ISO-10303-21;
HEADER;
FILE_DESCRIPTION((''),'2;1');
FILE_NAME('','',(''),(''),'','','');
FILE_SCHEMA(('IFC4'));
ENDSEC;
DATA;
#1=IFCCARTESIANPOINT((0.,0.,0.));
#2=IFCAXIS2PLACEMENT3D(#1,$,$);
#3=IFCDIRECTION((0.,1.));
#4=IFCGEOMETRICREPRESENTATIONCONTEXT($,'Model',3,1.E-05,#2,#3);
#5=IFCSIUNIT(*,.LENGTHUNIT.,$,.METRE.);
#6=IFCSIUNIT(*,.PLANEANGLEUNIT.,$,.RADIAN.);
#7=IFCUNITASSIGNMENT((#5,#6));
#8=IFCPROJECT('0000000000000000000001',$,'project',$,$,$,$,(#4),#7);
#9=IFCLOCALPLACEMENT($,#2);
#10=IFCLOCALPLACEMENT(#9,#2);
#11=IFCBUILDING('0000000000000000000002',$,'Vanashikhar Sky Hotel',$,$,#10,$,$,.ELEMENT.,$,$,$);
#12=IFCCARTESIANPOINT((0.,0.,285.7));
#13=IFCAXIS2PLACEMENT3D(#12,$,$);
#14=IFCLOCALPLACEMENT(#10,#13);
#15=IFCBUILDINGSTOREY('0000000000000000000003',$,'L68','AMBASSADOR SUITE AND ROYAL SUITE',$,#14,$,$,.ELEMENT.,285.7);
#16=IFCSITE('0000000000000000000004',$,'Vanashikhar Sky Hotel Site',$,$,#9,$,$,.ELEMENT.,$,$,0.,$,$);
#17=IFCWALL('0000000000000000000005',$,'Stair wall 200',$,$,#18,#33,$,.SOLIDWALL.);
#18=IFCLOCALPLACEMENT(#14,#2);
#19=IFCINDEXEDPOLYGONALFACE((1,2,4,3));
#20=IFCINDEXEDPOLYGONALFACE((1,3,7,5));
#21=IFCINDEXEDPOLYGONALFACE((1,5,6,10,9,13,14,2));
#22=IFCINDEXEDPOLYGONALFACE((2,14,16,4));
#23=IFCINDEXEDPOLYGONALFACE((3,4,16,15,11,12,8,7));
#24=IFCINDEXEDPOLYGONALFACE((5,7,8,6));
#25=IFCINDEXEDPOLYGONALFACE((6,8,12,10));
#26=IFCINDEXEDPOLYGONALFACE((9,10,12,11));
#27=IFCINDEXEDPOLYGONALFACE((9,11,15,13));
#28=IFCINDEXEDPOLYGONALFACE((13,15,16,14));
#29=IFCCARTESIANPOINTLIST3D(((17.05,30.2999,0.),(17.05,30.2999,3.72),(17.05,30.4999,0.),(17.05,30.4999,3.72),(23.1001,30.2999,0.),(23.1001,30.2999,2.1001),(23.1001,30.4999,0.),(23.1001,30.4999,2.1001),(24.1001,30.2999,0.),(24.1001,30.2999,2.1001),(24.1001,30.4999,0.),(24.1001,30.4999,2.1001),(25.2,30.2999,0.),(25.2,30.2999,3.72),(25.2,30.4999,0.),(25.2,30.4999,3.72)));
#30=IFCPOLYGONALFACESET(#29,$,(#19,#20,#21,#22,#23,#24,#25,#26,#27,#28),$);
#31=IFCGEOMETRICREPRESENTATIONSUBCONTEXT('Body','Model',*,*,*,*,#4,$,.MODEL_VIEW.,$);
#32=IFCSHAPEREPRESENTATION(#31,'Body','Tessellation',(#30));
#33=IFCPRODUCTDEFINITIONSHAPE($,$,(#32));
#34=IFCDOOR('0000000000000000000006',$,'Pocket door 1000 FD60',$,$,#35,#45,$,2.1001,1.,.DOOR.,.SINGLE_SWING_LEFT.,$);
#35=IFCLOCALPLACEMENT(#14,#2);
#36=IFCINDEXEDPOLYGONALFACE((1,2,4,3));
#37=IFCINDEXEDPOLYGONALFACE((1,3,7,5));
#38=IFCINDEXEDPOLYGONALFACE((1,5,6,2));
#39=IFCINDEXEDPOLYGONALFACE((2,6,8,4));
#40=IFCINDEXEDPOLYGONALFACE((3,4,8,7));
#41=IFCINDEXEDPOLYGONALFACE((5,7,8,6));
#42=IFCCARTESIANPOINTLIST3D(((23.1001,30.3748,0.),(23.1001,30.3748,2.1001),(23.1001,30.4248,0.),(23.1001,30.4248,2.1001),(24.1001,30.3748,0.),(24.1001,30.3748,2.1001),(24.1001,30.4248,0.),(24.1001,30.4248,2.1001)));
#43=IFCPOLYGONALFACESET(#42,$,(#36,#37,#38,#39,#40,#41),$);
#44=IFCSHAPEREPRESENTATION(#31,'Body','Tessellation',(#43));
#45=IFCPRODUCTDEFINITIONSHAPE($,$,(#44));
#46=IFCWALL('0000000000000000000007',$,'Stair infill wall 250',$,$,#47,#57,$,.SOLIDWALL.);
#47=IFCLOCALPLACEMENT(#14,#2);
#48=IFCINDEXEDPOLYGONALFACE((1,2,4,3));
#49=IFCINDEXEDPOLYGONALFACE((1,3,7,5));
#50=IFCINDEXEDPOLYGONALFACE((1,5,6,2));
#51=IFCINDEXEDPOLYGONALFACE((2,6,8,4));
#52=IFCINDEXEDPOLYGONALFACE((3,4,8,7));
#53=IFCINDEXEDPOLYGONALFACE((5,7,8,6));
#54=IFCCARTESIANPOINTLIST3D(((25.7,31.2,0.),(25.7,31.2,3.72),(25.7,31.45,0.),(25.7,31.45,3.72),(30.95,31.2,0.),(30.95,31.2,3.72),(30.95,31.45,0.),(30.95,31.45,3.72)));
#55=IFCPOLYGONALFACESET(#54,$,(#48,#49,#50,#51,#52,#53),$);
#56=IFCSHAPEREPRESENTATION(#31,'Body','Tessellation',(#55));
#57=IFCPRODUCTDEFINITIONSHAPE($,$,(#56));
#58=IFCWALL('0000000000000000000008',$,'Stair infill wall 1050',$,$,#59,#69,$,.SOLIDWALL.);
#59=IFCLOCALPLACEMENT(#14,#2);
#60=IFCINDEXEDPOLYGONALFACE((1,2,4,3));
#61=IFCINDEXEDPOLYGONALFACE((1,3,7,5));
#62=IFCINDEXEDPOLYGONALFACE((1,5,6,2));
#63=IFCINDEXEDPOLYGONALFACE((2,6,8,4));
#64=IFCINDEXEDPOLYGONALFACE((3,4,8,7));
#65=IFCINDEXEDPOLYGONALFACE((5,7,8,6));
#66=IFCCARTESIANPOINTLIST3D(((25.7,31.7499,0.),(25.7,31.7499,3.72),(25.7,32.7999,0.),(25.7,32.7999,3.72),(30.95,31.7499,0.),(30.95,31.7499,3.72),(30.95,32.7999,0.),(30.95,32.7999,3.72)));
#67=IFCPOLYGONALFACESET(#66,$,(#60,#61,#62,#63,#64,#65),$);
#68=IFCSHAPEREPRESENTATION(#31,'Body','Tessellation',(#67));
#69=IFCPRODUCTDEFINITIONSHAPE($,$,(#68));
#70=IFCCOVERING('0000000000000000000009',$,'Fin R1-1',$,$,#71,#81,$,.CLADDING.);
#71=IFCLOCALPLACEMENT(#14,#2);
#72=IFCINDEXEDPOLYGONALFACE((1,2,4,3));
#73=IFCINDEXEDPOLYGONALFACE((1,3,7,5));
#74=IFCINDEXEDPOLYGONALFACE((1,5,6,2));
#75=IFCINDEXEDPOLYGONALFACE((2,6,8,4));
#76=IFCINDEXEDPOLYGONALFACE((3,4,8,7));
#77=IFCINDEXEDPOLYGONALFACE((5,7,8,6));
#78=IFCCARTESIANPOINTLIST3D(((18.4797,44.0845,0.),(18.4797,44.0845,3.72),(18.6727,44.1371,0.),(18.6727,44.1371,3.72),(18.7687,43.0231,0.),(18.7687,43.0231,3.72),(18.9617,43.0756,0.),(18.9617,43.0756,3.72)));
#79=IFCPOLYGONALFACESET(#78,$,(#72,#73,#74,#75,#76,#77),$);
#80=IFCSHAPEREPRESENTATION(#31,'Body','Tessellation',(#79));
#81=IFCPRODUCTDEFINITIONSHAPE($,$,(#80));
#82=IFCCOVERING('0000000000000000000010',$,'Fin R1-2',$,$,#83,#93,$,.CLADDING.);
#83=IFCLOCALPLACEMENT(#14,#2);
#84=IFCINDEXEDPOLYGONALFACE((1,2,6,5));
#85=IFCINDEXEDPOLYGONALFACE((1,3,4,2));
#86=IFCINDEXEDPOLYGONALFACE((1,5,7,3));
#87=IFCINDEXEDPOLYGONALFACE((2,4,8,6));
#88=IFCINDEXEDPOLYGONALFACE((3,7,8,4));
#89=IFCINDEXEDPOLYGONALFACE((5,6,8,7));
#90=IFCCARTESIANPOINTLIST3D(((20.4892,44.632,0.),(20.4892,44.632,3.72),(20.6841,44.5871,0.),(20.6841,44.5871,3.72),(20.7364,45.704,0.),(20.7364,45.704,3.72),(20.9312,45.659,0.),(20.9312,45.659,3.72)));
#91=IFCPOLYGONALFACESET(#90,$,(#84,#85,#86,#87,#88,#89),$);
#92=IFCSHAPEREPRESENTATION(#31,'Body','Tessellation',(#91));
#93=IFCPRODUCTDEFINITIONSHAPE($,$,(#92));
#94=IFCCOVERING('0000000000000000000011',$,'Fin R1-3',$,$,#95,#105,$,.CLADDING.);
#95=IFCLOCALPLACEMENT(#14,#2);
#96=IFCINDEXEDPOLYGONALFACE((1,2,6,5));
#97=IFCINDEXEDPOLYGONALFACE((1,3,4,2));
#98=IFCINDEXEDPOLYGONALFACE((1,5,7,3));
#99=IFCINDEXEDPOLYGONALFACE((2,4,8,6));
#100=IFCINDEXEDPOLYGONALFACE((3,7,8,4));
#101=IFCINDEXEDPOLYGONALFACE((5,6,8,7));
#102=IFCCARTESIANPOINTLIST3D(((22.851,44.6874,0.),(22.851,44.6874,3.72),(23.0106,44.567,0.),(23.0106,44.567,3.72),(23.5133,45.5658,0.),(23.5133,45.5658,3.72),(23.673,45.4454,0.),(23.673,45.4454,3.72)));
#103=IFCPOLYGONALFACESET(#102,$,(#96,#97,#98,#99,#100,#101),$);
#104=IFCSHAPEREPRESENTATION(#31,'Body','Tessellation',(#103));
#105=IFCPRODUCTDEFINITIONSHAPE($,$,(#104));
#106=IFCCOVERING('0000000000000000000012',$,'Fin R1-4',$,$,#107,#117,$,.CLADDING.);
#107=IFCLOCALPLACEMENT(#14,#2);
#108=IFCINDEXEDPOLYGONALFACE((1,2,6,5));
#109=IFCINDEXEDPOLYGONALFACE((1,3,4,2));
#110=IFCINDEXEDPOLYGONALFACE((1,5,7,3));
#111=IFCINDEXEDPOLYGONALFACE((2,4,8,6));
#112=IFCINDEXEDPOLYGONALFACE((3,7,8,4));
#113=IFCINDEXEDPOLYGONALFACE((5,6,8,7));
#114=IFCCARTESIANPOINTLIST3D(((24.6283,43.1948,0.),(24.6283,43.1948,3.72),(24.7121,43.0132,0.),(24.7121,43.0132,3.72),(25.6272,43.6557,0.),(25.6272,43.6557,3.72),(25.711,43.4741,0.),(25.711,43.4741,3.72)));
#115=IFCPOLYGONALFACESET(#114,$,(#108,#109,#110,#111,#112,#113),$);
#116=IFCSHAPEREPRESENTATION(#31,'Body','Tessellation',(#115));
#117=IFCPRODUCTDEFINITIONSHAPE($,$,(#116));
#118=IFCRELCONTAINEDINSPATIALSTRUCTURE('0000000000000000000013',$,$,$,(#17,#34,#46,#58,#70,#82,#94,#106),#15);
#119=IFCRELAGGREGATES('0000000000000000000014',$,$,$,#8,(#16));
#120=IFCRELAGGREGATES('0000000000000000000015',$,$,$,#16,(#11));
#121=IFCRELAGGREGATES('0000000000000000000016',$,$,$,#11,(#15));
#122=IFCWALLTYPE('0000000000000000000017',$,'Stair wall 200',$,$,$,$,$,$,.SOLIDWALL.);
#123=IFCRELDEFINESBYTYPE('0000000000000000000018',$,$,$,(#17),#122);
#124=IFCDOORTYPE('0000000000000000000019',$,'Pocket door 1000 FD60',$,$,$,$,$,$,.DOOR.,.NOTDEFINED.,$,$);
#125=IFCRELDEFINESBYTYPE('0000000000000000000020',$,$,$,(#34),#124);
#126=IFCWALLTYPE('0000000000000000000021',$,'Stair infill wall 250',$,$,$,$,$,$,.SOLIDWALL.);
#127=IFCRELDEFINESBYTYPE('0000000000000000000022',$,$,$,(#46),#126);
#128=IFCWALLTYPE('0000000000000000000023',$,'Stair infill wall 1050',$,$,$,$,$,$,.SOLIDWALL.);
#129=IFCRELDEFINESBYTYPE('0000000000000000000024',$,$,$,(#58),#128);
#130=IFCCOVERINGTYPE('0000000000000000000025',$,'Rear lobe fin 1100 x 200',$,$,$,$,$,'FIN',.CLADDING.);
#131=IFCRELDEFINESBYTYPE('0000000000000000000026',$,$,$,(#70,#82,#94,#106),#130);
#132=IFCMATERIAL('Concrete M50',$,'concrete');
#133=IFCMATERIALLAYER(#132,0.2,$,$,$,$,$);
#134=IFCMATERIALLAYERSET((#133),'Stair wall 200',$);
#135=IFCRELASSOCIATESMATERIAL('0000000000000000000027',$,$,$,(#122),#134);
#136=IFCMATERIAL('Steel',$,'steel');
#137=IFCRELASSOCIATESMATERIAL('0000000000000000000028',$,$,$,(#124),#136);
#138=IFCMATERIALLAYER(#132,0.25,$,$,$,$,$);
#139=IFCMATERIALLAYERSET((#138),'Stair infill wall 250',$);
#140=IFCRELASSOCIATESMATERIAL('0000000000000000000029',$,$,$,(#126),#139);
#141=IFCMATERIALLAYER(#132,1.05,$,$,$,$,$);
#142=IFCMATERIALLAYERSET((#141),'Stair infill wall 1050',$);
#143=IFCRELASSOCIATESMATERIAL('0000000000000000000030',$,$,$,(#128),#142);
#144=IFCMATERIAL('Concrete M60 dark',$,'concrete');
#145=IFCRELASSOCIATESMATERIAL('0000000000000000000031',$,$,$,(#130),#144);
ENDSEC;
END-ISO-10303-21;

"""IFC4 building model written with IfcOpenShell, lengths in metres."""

from ifc_helpers import new_model, si_unit, direction, frame, frame_2d, origin, origin_2d, place, context, subcontext, project, spatial, rectangle, extrude, source, transform, mapped, material, layer, layer_set, material_profile, profile_set, type_object, element, fill, save


model = new_model("IFC4")

# Units and contexts
model_context = context("Model", 3, precision=1e-05, world=origin(), true_north=direction((0.0, 1.0)))
body_context = subcontext(model_context, "Body", "Model", "MODEL_VIEW")
ifc_project = project(units=[si_unit("LENGTHUNIT", "METRE"), si_unit("PLANEANGLEUNIT", "RADIAN")], contexts=[model_context])

# Site, building, storey
site_placement = place(None, origin())
site = spatial("IfcSite", under=ifc_project, at=site_placement, Name="Vanashikhar Sky Hotel Site", CompositionType="ELEMENT", RefElevation=0.0)
building_placement = place(site_placement, origin())
building = spatial("IfcBuilding", under=site, at=building_placement, Name="Vanashikhar Sky Hotel", CompositionType="ELEMENT")
storey_placement = place(building_placement, frame((0.0, 0.0, 285.7)))
storey = spatial("IfcBuildingStorey", under=building, at=storey_placement, Name="L68", Description="AMBASSADOR SUITE AND ROYAL SUITE", CompositionType="ELEMENT", Elevation=285.7)

# Shared definitions
ifc_material_1 = material(Name="Concrete M50", Category="concrete")

# Wall, opening, door
ifc_layer_1 = layer(ifc_material_1, 0.2)
ifc_layer_set_1 = layer_set([ifc_layer_1], Name="Stair wall 200")
wall_type_1 = type_object("IfcWallType", Name="Stair wall 200", PredefinedType="SOLIDWALL", material=ifc_layer_set_1)
shared_shape_1 = source(origin(), body_context, "Body", "SweptSolid", [
    extrude(rectangle(XDim=8.1499, YDim=0.2, at=frame_2d((4.075, 0.0))), origin(), (0.0, 0.0, 1.0), 3.72),
])
wall_1_placement = place(storey_placement, frame((17.05, 30.3999, 0.0), z_axis=(0.0, 0.0, 1.0), x_axis=(1.0, 0.0, 0.0)))
wall_1 = element("IfcWall", 1, at=wall_1_placement, inside=storey, type_object=wall_type_1, Name="Stair wall 200", PredefinedType="SOLIDWALL", context=body_context, shape_type="MappedRepresentation", body=[
    mapped(shared_shape_1, transform((0.0, 0.0, 0.0), scale=1.0)),
])
shared_shape_2 = source(origin(), body_context, "Body", "SweptSolid", [
    extrude(rectangle(XDim=1.0, YDim=2.1001, at=frame_2d((0.5, 1.05))), frame((0.0, 0.1099, 0.0), z_axis=(0.0, -1.0, 0.0), x_axis=(1.0, 0.0, 0.0)), (0.0, 0.0, 1.0), 0.22),
])
opening_1_placement = place(wall_1_placement, frame((6.05, 0.0, 0.0)))
opening_1 = element("IfcOpeningElement", 2, at=opening_1_placement, cuts=wall_1, PredefinedType="OPENING", context=body_context, shape_type="MappedRepresentation", body=[
    mapped(shared_shape_2, transform((0.0, 0.0, 0.0), scale=1.0)),
])
ifc_material_2 = material(Name="Steel", Category="steel")
door_type_1 = type_object("IfcDoorType", Name="Pocket door 1000 FD60", OperationType="NOTDEFINED", PredefinedType="DOOR", material=ifc_material_2)
shared_shape_3 = source(origin(), body_context, "Body", "SweptSolid", [
    extrude(rectangle(XDim=1.0, YDim=2.1001, at=frame_2d((0.5, 1.05))), frame((0.0, 0.0249, 0.0), z_axis=(0.0, -1.0, 0.0), x_axis=(1.0, 0.0, 0.0)), (0.0, 0.0, 1.0), 0.05),
])
door_1_placement = place(opening_1_placement, origin())
door_1 = element("IfcDoor", 3, at=door_1_placement, inside=storey, type_object=door_type_1, Name="Pocket door 1000 FD60", OperationType="SINGLE_SWING_LEFT", OverallHeight=2.1001, OverallWidth=1.0, PredefinedType="DOOR", context=body_context, shape_type="MappedRepresentation", body=[
    mapped(shared_shape_3, transform((0.0, 0.0, 0.0), scale=1.0)),
])
fill(opening_1, door_1)

# Walls
ifc_layer_2 = layer(ifc_material_1, 0.25)
ifc_layer_set_2 = layer_set([ifc_layer_2], Name="Stair infill wall 250")
wall_type_2 = type_object("IfcWallType", Name="Stair infill wall 250", PredefinedType="SOLIDWALL", material=ifc_layer_set_2)
shared_shape_4 = source(origin(), body_context, "Body", "SweptSolid", [
    extrude(rectangle(XDim=5.25, YDim=0.25, at=frame_2d((2.625, 0.0))), origin(), (0.0, 0.0, 1.0), 3.72),
])
wall_2_placement = place(storey_placement, frame((25.7, 31.325, 0.0), z_axis=(0.0, 0.0, 1.0), x_axis=(1.0, 0.0, 0.0)))
element("IfcWall", 4, at=wall_2_placement, inside=storey, type_object=wall_type_2, Name="Stair infill wall 250", PredefinedType="SOLIDWALL", context=body_context, shape_type="MappedRepresentation", body=[
    mapped(shared_shape_4, transform((0.0, 0.0, 0.0), scale=1.0)),
])
ifc_layer_3 = layer(ifc_material_1, 1.05)
ifc_layer_set_3 = layer_set([ifc_layer_3], Name="Stair infill wall 1050")
wall_type_3 = type_object("IfcWallType", Name="Stair infill wall 1050", PredefinedType="SOLIDWALL", material=ifc_layer_set_3)
shared_shape_5 = source(origin(), body_context, "Body", "SweptSolid", [
    extrude(rectangle(XDim=5.25, YDim=1.05, at=frame_2d((2.625, 0.0))), origin(), (0.0, 0.0, 1.0), 3.72),
])
wall_3_placement = place(storey_placement, frame((25.7, 32.2749, 0.0), z_axis=(0.0, 0.0, 1.0), x_axis=(1.0, 0.0, 0.0)))
element("IfcWall", 5, at=wall_3_placement, inside=storey, type_object=wall_type_3, Name="Stair infill wall 1050", PredefinedType="SOLIDWALL", context=body_context, shape_type="MappedRepresentation", body=[
    mapped(shared_shape_5, transform((0.0, 0.0, 0.0), scale=1.0)),
])

# Coverings
ifc_material_3 = material(Name="Concrete M60 dark", Category="concrete")
ifc_material_profile = material_profile(ifc_material_3, rectangle(XDim=1.1001, YDim=0.2, at=origin_2d()))
ifc_profile_set = profile_set([ifc_material_profile], Name="Rear lobe fin 1100 x 200")
covering_type = type_object("IfcCoveringType", Name="Rear lobe fin 1100 x 200", ElementType="FIN", PredefinedType="CLADDING", material=ifc_profile_set)
shared_shape_6 = source(origin(), body_context, "Body", "SweptSolid", [
    extrude(rectangle(XDim=1.1001, YDim=0.2, at=origin_2d()), origin(), (0.0, 0.0, 1.0), 3.72),
])
for number, where, z_axis, x_axis, name in (
    (6, (18.7207, 43.5801, 0.0), (0.0, 0.0, 1.0), (-0.262711, 0.964874, 0.0), "Fin R1-1"),
    (7, (20.7102, 45.1455, 0.0), (0.0, 0.0, 1.0), (0.224645, 0.974441, 0.0), "Fin R1-2"),
    (8, (23.262, 45.0664, 0.0), (0.0, 0.0, 1.0), (0.602066, 0.798446, 0.0), "Fin R1-3"),
    (9, (25.1697, 43.3345, 0.0), (0.0, 0.0, 1.0), (0.908004, 0.418961, 0.0), "Fin R1-4"),
):
    element("IfcCovering", number, at=place(storey_placement, frame(where, z_axis=z_axis, x_axis=x_axis)), inside=storey, type_object=covering_type, Name=name, PredefinedType="CLADDING", context=body_context, shape_type="MappedRepresentation", body=[
        mapped(shared_shape_6, transform((0.0, 0.0, 0.0), scale=1.0)),
    ])

save(model, "model.ifc")
